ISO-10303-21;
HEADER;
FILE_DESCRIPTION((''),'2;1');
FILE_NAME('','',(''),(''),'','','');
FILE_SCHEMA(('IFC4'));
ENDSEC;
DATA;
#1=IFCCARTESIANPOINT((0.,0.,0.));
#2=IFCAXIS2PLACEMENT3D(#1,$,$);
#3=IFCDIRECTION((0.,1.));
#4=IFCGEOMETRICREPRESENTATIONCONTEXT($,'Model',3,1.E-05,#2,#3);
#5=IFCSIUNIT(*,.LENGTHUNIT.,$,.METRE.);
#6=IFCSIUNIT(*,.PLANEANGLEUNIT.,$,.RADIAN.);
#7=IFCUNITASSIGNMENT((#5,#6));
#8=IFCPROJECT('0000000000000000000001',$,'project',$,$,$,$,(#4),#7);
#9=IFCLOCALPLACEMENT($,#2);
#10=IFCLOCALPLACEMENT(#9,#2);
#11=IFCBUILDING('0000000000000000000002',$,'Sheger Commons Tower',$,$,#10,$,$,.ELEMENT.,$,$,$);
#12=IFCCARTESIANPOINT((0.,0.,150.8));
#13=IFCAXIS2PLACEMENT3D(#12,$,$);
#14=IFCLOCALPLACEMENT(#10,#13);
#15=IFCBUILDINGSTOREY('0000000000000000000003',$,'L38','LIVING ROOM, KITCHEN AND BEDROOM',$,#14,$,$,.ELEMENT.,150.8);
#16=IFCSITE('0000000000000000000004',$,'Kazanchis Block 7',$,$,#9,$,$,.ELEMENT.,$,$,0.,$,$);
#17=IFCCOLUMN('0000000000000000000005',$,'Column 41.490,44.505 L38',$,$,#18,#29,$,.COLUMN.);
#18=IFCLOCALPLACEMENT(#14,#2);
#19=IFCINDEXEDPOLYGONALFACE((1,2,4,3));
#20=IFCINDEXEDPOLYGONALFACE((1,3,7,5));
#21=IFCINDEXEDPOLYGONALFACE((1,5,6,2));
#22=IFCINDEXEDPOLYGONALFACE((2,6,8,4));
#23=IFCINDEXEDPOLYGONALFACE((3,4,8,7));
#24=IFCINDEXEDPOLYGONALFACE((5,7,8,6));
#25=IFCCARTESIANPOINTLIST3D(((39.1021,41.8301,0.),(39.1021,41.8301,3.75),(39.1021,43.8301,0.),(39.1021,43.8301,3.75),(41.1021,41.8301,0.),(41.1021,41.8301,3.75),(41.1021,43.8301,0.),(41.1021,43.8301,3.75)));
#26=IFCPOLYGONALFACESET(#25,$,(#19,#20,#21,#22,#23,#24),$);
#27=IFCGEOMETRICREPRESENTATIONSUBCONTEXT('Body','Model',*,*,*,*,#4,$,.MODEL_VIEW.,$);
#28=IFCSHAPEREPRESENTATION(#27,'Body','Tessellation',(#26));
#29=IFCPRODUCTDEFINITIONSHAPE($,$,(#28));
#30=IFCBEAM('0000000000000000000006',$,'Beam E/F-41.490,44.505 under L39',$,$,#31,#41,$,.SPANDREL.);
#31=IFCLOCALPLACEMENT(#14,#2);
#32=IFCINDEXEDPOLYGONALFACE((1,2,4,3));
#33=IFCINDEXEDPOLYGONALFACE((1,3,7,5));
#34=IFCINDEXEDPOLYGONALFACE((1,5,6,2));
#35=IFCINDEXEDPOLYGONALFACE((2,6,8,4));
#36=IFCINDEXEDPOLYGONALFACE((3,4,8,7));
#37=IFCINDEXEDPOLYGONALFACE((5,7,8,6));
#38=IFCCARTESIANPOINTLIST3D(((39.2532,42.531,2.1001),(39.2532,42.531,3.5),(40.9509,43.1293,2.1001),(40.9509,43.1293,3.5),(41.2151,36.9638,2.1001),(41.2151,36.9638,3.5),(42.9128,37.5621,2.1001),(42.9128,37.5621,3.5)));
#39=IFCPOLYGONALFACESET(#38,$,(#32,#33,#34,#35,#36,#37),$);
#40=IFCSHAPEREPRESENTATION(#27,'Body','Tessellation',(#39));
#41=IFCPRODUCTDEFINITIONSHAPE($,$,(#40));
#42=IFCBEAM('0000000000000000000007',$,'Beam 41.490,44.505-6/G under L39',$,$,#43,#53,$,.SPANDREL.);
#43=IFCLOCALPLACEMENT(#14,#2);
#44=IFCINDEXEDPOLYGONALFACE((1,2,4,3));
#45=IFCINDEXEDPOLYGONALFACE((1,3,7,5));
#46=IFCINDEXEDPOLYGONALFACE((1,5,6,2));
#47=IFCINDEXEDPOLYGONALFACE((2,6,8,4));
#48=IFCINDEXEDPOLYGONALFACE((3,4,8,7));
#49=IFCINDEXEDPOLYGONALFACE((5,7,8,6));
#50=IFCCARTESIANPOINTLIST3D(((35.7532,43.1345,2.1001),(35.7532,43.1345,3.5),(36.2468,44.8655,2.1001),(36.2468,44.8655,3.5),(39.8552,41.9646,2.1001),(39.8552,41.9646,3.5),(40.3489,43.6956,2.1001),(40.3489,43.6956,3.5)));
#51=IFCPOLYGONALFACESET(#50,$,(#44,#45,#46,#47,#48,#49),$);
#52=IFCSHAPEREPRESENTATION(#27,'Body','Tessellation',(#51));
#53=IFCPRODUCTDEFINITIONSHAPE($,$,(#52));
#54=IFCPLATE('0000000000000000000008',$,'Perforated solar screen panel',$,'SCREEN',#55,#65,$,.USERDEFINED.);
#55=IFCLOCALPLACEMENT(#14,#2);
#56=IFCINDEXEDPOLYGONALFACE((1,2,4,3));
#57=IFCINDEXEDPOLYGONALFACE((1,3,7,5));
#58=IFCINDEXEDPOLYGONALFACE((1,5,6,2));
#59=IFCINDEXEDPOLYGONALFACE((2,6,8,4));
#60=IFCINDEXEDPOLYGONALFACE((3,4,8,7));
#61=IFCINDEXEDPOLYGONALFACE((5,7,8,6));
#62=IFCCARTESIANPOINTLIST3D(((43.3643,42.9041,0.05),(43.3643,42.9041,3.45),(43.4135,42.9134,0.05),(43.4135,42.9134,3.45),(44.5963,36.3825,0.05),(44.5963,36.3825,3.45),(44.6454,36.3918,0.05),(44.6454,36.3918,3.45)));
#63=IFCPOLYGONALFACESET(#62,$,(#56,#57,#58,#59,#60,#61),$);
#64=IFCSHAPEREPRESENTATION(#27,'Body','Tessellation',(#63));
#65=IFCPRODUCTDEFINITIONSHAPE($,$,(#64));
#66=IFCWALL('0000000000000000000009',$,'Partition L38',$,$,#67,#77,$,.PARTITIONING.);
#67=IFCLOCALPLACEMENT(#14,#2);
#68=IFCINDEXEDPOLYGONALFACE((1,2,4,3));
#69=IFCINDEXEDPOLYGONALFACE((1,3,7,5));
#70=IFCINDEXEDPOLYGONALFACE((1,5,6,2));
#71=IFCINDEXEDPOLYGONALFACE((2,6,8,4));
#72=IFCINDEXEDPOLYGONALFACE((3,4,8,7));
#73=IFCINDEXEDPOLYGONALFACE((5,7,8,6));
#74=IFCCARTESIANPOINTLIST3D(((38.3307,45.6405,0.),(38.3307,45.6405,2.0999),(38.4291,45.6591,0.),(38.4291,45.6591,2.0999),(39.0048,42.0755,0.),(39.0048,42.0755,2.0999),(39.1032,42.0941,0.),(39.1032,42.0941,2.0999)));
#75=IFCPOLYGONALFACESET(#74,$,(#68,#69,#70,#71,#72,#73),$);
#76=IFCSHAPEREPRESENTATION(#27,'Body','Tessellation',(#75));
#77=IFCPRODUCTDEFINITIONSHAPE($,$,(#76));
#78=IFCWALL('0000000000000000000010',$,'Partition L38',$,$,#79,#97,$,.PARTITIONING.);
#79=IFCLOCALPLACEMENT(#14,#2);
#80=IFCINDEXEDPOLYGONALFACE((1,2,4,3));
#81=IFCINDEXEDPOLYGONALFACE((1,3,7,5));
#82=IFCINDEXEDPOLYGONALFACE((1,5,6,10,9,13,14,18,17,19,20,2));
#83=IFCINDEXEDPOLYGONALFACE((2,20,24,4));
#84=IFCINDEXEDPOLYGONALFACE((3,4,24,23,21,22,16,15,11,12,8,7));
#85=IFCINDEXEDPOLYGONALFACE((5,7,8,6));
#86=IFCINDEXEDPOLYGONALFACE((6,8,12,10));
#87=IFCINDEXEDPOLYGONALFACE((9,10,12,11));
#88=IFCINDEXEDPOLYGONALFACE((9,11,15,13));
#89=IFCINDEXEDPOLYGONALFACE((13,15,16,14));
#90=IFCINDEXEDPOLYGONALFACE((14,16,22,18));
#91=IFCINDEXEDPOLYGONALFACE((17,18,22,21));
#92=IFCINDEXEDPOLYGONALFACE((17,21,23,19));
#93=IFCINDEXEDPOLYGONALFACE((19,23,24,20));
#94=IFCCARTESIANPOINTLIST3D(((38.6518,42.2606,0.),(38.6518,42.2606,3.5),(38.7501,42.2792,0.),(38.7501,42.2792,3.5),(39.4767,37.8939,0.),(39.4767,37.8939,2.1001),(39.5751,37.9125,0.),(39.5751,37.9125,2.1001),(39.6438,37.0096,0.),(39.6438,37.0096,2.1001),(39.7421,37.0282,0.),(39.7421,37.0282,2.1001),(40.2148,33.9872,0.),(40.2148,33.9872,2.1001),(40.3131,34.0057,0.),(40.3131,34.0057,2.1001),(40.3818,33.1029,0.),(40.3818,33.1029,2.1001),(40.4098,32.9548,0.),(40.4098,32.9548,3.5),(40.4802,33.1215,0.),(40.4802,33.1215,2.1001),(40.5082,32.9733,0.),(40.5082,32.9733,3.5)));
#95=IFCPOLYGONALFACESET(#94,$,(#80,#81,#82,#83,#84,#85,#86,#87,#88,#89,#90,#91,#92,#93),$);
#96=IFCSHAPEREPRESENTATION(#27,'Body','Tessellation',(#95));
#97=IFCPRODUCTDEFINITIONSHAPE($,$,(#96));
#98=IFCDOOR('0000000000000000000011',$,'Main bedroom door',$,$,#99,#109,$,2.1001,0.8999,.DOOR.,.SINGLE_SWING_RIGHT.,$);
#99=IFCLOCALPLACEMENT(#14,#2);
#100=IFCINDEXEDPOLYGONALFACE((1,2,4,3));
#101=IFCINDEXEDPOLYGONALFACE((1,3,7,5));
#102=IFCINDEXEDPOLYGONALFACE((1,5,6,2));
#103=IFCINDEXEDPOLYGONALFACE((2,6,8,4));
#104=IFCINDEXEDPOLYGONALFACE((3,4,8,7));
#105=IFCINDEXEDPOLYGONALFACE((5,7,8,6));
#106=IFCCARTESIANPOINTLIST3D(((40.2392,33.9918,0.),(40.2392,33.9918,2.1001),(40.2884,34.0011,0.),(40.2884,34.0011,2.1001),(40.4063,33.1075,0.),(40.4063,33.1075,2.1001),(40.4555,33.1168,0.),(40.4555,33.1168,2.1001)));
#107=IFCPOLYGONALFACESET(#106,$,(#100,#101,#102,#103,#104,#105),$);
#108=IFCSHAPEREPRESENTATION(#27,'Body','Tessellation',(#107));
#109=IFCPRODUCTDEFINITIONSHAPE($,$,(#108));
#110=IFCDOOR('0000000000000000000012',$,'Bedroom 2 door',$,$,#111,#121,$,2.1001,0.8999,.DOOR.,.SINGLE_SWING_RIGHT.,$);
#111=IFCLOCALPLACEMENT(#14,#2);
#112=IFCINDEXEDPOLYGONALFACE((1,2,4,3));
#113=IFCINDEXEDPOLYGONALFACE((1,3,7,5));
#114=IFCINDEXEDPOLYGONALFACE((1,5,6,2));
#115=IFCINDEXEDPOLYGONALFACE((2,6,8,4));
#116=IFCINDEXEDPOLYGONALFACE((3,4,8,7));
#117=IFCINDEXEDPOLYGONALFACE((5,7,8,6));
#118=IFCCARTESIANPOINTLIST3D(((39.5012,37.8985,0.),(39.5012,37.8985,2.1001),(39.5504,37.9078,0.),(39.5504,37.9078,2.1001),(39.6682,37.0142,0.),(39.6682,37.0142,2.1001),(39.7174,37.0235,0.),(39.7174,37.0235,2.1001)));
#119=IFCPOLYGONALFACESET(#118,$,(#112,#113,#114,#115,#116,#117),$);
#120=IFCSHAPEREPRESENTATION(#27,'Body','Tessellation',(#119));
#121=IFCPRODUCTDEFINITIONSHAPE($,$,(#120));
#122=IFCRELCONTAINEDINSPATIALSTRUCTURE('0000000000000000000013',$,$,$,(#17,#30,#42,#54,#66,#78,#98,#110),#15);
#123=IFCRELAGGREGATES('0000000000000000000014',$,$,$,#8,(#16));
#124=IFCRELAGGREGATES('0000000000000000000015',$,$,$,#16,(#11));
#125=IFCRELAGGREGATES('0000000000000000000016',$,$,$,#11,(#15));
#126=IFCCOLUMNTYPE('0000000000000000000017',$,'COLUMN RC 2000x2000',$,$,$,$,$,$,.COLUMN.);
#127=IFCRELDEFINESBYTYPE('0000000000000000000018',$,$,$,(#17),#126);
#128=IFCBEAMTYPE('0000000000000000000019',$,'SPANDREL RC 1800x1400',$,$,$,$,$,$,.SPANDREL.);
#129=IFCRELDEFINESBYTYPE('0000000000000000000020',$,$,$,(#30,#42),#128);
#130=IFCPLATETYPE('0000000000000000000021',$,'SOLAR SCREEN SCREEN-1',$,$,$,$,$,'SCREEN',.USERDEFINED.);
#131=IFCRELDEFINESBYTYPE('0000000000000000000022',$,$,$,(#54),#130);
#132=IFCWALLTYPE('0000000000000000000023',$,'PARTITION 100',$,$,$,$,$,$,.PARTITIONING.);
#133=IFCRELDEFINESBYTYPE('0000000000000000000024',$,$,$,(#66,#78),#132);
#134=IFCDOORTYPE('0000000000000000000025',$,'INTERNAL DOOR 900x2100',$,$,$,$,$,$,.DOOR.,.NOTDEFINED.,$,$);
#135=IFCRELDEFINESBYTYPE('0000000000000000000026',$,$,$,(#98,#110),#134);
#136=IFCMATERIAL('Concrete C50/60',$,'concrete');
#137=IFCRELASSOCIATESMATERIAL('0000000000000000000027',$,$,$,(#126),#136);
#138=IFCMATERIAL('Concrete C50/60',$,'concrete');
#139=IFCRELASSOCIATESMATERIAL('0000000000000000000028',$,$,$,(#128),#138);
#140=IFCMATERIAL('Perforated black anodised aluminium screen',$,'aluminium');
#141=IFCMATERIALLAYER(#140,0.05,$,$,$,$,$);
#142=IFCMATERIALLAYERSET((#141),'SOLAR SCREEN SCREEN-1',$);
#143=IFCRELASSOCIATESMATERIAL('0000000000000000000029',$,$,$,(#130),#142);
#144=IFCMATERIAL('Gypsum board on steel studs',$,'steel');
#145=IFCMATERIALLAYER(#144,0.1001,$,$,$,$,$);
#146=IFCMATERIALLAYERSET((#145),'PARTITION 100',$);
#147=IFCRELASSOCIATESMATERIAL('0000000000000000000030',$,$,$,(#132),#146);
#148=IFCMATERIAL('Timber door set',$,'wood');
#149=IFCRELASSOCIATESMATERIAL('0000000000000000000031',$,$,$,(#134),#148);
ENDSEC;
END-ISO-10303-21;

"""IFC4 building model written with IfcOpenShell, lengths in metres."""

from ifc_helpers import new_model, si_unit, direction, frame, frame_2d, origin, origin_2d, place, context, subcontext, project, spatial, rectangle, extrude, material, layer, layer_set, material_profile, profile_set, type_object, element, fill, save


model = new_model("IFC4")

# Units and contexts
model_context = context("Model", 3, precision=1e-05, world=origin(), true_north=direction((0.0, 1.0)))
body_context = subcontext(model_context, "Body", "Model", "MODEL_VIEW")
ifc_project = project(units=[si_unit("LENGTHUNIT", "METRE"), si_unit("PLANEANGLEUNIT", "RADIAN")], contexts=[model_context])

# Site, building, storey
site_placement = place(None, origin())
site = spatial("IfcSite", under=ifc_project, at=site_placement, Name="Kazanchis Block 7", CompositionType="ELEMENT", RefElevation=0.0)
building_placement = place(site_placement, origin())
building = spatial("IfcBuilding", under=site, at=building_placement, Name="Sheger Commons Tower", CompositionType="ELEMENT")
storey_placement = place(building_placement, frame((0.0, 0.0, 150.8)))
storey = spatial("IfcBuildingStorey", under=building, at=storey_placement, Name="L38", Description="LIVING ROOM, KITCHEN AND BEDROOM", CompositionType="ELEMENT", Elevation=150.8)

# Column
ifc_material_1 = material(Name="Concrete C50/60", Category="concrete")
ifc_material_profile_1 = material_profile(ifc_material_1, rectangle(XDim=2.0, YDim=2.0, at=origin_2d()), Name="RC 2000x2000")
ifc_profile_set_1 = profile_set([ifc_material_profile_1], Name="Concrete C50/60")
column_type = type_object("IfcColumnType", Name="COLUMN RC 2000x2000", PredefinedType="COLUMN", material=ifc_profile_set_1)
column_placement = place(storey_placement, frame((40.1021, 42.8301, 0.0), z_axis=(0.0, 0.0, 1.0), x_axis=(1.0, 0.0, 0.0)))
element("IfcColumn", 1, at=column_placement, inside=storey, type_object=column_type, Name="Column 41.490,44.505 L38", PredefinedType="COLUMN", context=body_context, shape_type="SweptSolid", body=[
    extrude(rectangle(XDim=2.0, YDim=2.0, at=origin_2d()), origin(), (0.0, 0.0, 1.0), 3.75),
])

# Beams
ifc_material_2 = material(Name="Concrete C50/60", Category="concrete")
ifc_material_profile_2 = material_profile(ifc_material_2, rectangle(XDim=1.8, YDim=1.3999, at=origin_2d()), Name="RC 1800x1400")
ifc_profile_set_2 = profile_set([ifc_material_profile_2], Name="Concrete C50/60")
beam_type = type_object("IfcBeamType", Name="SPANDREL RC 1800x1400", PredefinedType="SPANDREL", material=ifc_profile_set_2)
beam_1_placement = place(storey_placement, frame((42.064, 37.2629, 2.8), z_axis=(-0.332374, 0.943148, 0.0), x_axis=(-0.943148, -0.332374, 0.0)))
element("IfcBeam", 2, at=beam_1_placement, inside=storey, type_object=beam_type, Name="Beam E/F-41.490,44.505 under L39", PredefinedType="SPANDREL", context=body_context, shape_type="SweptSolid", body=[
    extrude(rectangle(XDim=1.8, YDim=1.3999, at=origin_2d()), origin(), (0.0, 0.0, 1.0), 5.9028),
])
beam_2_placement = place(storey_placement, frame((40.1021, 42.8301, 2.8), z_axis=(-0.961653, 0.274268, 0.0), x_axis=(-0.274268, -0.961653, 0.0)))
element("IfcBeam", 3, at=beam_2_placement, inside=storey, type_object=beam_type, Name="Beam 41.490,44.505-6/G under L39", PredefinedType="SPANDREL", context=body_context, shape_type="SweptSolid", body=[
    extrude(rectangle(XDim=1.8, YDim=1.3999, at=origin_2d()), origin(), (0.0, 0.0, 1.0), 4.2656),
])

# Plate
ifc_material_3 = material(Name="Perforated black anodised aluminium screen", Category="aluminium")
ifc_layer_1 = layer(ifc_material_3, 0.05)
ifc_layer_set_1 = layer_set([ifc_layer_1], Name="SOLAR SCREEN SCREEN-1")
plate_type = type_object("IfcPlateType", Name="SOLAR SCREEN SCREEN-1", ElementType="SCREEN", PredefinedType="USERDEFINED", material=ifc_layer_set_1)
plate_placement = place(storey_placement, frame((44.0049, 39.6479, 0.05), z_axis=(0.0, 0.0, 1.0), x_axis=(-0.185615, 0.982623, 0.0)))
element("IfcPlate", 4, at=plate_placement, inside=storey, type_object=plate_type, Name="Perforated solar screen panel", ObjectType="SCREEN", PredefinedType="USERDEFINED", context=body_context, shape_type="SweptSolid", body=[
    extrude(rectangle(XDim=6.637, YDim=0.05, at=origin_2d()), origin(), (0.0, 0.0, 1.0), 3.3999),
])

# Wall
ifc_material_4 = material(Name="Gypsum board on steel studs", Category="steel")
ifc_layer_2 = layer(ifc_material_4, 0.1001)
ifc_layer_set_2 = layer_set([ifc_layer_2], Name="PARTITION 100")
wall_type = type_object("IfcWallType", Name="PARTITION 100", PredefinedType="PARTITIONING", material=ifc_layer_set_2)
wall_1_placement = place(storey_placement, frame((39.054, 42.085, 0.0), z_axis=(0.0, 0.0, 1.0), x_axis=(-0.185792, 0.982589, 0.0)))
element("IfcWall", 5, at=wall_1_placement, inside=storey, type_object=wall_type, Name="Partition L38", PredefinedType="PARTITIONING", context=body_context, shape_type="SweptSolid", body=[
    extrude(rectangle(XDim=3.6282, YDim=0.1001, at=frame_2d((1.814, 0.0))), origin(), (0.0, 0.0, 1.0), 2.0999),
])

# Wall, openings, doors
wall_2_placement = place(storey_placement, frame((38.7009, 42.27, 0.0), z_axis=(0.0, 0.0, 1.0), x_axis=(0.185635, -0.982619, 0.0)))
wall_2 = element("IfcWall", 6, at=wall_2_placement, inside=storey, type_object=wall_type, Name="Partition L38", PredefinedType="PARTITIONING", context=body_context, shape_type="SweptSolid", body=[
    extrude(rectangle(XDim=9.4705, YDim=0.1001, at=frame_2d((4.7354, 0.0))), origin(), (0.0, 0.0, 1.0), 3.5),
])
opening_1_placement = place(wall_2_placement, frame((8.4199, 0.0, 0.0)))
opening_1 = element("IfcOpeningElement", 7, at=opening_1_placement, cuts=wall_2, PredefinedType="OPENING", context=body_context, shape_type="SweptSolid", body=[
    extrude(rectangle(XDim=0.8999, YDim=2.1001, at=frame_2d((0.45, 1.05))), frame((0.0, 0.0601, 0.0), z_axis=(0.0, -1.0, 0.0), x_axis=(1.0, 0.0, 0.0)), (0.0, 0.0, 1.0), 0.1201),
])
opening_2_placement = place(wall_2_placement, frame((4.4441, 0.0, 0.0)))
opening_2 = element("IfcOpeningElement", 8, at=opening_2_placement, cuts=wall_2, PredefinedType="OPENING", context=body_context, shape_type="SweptSolid", body=[
    extrude(rectangle(XDim=0.8999, YDim=2.1001, at=frame_2d((0.45, 1.05))), frame((0.0, 0.0601, 0.0), z_axis=(0.0, -1.0, 0.0), x_axis=(1.0, 0.0, 0.0)), (0.0, 0.0, 1.0), 0.1201),
])
ifc_material_5 = material(Name="Timber door set", Category="wood")
door_type = type_object("IfcDoorType", Name="INTERNAL DOOR 900x2100", OperationType="NOTDEFINED", PredefinedType="DOOR", material=ifc_material_5)
door_1_placement = place(opening_1_placement, origin())
door_1 = element("IfcDoor", 9, at=door_1_placement, inside=storey, type_object=door_type, Name="Main bedroom door", OperationType="SINGLE_SWING_RIGHT", OverallHeight=2.1001, OverallWidth=0.8999, PredefinedType="DOOR", context=body_context, shape_type="SweptSolid", body=[
    extrude(rectangle(XDim=0.8999, YDim=2.1001, at=frame_2d((0.45, 1.05))), frame((0.0, 0.0249, 0.0), z_axis=(0.0, -1.0, 0.0), x_axis=(1.0, 0.0, 0.0)), (0.0, 0.0, 1.0), 0.05),
])
fill(opening_1, door_1)
door_2_placement = place(opening_2_placement, origin())
door_2 = element("IfcDoor", 10, at=door_2_placement, inside=storey, type_object=door_type, Name="Bedroom 2 door", OperationType="SINGLE_SWING_RIGHT", OverallHeight=2.1001, OverallWidth=0.8999, PredefinedType="DOOR", context=body_context, shape_type="SweptSolid", body=[
    extrude(rectangle(XDim=0.8999, YDim=2.1001, at=frame_2d((0.45, 1.05))), frame((0.0, 0.0249, 0.0), z_axis=(0.0, -1.0, 0.0), x_axis=(1.0, 0.0, 0.0)), (0.0, 0.0, 1.0), 0.05),
])
fill(opening_2, door_2)

save(model, "model.ifc")
